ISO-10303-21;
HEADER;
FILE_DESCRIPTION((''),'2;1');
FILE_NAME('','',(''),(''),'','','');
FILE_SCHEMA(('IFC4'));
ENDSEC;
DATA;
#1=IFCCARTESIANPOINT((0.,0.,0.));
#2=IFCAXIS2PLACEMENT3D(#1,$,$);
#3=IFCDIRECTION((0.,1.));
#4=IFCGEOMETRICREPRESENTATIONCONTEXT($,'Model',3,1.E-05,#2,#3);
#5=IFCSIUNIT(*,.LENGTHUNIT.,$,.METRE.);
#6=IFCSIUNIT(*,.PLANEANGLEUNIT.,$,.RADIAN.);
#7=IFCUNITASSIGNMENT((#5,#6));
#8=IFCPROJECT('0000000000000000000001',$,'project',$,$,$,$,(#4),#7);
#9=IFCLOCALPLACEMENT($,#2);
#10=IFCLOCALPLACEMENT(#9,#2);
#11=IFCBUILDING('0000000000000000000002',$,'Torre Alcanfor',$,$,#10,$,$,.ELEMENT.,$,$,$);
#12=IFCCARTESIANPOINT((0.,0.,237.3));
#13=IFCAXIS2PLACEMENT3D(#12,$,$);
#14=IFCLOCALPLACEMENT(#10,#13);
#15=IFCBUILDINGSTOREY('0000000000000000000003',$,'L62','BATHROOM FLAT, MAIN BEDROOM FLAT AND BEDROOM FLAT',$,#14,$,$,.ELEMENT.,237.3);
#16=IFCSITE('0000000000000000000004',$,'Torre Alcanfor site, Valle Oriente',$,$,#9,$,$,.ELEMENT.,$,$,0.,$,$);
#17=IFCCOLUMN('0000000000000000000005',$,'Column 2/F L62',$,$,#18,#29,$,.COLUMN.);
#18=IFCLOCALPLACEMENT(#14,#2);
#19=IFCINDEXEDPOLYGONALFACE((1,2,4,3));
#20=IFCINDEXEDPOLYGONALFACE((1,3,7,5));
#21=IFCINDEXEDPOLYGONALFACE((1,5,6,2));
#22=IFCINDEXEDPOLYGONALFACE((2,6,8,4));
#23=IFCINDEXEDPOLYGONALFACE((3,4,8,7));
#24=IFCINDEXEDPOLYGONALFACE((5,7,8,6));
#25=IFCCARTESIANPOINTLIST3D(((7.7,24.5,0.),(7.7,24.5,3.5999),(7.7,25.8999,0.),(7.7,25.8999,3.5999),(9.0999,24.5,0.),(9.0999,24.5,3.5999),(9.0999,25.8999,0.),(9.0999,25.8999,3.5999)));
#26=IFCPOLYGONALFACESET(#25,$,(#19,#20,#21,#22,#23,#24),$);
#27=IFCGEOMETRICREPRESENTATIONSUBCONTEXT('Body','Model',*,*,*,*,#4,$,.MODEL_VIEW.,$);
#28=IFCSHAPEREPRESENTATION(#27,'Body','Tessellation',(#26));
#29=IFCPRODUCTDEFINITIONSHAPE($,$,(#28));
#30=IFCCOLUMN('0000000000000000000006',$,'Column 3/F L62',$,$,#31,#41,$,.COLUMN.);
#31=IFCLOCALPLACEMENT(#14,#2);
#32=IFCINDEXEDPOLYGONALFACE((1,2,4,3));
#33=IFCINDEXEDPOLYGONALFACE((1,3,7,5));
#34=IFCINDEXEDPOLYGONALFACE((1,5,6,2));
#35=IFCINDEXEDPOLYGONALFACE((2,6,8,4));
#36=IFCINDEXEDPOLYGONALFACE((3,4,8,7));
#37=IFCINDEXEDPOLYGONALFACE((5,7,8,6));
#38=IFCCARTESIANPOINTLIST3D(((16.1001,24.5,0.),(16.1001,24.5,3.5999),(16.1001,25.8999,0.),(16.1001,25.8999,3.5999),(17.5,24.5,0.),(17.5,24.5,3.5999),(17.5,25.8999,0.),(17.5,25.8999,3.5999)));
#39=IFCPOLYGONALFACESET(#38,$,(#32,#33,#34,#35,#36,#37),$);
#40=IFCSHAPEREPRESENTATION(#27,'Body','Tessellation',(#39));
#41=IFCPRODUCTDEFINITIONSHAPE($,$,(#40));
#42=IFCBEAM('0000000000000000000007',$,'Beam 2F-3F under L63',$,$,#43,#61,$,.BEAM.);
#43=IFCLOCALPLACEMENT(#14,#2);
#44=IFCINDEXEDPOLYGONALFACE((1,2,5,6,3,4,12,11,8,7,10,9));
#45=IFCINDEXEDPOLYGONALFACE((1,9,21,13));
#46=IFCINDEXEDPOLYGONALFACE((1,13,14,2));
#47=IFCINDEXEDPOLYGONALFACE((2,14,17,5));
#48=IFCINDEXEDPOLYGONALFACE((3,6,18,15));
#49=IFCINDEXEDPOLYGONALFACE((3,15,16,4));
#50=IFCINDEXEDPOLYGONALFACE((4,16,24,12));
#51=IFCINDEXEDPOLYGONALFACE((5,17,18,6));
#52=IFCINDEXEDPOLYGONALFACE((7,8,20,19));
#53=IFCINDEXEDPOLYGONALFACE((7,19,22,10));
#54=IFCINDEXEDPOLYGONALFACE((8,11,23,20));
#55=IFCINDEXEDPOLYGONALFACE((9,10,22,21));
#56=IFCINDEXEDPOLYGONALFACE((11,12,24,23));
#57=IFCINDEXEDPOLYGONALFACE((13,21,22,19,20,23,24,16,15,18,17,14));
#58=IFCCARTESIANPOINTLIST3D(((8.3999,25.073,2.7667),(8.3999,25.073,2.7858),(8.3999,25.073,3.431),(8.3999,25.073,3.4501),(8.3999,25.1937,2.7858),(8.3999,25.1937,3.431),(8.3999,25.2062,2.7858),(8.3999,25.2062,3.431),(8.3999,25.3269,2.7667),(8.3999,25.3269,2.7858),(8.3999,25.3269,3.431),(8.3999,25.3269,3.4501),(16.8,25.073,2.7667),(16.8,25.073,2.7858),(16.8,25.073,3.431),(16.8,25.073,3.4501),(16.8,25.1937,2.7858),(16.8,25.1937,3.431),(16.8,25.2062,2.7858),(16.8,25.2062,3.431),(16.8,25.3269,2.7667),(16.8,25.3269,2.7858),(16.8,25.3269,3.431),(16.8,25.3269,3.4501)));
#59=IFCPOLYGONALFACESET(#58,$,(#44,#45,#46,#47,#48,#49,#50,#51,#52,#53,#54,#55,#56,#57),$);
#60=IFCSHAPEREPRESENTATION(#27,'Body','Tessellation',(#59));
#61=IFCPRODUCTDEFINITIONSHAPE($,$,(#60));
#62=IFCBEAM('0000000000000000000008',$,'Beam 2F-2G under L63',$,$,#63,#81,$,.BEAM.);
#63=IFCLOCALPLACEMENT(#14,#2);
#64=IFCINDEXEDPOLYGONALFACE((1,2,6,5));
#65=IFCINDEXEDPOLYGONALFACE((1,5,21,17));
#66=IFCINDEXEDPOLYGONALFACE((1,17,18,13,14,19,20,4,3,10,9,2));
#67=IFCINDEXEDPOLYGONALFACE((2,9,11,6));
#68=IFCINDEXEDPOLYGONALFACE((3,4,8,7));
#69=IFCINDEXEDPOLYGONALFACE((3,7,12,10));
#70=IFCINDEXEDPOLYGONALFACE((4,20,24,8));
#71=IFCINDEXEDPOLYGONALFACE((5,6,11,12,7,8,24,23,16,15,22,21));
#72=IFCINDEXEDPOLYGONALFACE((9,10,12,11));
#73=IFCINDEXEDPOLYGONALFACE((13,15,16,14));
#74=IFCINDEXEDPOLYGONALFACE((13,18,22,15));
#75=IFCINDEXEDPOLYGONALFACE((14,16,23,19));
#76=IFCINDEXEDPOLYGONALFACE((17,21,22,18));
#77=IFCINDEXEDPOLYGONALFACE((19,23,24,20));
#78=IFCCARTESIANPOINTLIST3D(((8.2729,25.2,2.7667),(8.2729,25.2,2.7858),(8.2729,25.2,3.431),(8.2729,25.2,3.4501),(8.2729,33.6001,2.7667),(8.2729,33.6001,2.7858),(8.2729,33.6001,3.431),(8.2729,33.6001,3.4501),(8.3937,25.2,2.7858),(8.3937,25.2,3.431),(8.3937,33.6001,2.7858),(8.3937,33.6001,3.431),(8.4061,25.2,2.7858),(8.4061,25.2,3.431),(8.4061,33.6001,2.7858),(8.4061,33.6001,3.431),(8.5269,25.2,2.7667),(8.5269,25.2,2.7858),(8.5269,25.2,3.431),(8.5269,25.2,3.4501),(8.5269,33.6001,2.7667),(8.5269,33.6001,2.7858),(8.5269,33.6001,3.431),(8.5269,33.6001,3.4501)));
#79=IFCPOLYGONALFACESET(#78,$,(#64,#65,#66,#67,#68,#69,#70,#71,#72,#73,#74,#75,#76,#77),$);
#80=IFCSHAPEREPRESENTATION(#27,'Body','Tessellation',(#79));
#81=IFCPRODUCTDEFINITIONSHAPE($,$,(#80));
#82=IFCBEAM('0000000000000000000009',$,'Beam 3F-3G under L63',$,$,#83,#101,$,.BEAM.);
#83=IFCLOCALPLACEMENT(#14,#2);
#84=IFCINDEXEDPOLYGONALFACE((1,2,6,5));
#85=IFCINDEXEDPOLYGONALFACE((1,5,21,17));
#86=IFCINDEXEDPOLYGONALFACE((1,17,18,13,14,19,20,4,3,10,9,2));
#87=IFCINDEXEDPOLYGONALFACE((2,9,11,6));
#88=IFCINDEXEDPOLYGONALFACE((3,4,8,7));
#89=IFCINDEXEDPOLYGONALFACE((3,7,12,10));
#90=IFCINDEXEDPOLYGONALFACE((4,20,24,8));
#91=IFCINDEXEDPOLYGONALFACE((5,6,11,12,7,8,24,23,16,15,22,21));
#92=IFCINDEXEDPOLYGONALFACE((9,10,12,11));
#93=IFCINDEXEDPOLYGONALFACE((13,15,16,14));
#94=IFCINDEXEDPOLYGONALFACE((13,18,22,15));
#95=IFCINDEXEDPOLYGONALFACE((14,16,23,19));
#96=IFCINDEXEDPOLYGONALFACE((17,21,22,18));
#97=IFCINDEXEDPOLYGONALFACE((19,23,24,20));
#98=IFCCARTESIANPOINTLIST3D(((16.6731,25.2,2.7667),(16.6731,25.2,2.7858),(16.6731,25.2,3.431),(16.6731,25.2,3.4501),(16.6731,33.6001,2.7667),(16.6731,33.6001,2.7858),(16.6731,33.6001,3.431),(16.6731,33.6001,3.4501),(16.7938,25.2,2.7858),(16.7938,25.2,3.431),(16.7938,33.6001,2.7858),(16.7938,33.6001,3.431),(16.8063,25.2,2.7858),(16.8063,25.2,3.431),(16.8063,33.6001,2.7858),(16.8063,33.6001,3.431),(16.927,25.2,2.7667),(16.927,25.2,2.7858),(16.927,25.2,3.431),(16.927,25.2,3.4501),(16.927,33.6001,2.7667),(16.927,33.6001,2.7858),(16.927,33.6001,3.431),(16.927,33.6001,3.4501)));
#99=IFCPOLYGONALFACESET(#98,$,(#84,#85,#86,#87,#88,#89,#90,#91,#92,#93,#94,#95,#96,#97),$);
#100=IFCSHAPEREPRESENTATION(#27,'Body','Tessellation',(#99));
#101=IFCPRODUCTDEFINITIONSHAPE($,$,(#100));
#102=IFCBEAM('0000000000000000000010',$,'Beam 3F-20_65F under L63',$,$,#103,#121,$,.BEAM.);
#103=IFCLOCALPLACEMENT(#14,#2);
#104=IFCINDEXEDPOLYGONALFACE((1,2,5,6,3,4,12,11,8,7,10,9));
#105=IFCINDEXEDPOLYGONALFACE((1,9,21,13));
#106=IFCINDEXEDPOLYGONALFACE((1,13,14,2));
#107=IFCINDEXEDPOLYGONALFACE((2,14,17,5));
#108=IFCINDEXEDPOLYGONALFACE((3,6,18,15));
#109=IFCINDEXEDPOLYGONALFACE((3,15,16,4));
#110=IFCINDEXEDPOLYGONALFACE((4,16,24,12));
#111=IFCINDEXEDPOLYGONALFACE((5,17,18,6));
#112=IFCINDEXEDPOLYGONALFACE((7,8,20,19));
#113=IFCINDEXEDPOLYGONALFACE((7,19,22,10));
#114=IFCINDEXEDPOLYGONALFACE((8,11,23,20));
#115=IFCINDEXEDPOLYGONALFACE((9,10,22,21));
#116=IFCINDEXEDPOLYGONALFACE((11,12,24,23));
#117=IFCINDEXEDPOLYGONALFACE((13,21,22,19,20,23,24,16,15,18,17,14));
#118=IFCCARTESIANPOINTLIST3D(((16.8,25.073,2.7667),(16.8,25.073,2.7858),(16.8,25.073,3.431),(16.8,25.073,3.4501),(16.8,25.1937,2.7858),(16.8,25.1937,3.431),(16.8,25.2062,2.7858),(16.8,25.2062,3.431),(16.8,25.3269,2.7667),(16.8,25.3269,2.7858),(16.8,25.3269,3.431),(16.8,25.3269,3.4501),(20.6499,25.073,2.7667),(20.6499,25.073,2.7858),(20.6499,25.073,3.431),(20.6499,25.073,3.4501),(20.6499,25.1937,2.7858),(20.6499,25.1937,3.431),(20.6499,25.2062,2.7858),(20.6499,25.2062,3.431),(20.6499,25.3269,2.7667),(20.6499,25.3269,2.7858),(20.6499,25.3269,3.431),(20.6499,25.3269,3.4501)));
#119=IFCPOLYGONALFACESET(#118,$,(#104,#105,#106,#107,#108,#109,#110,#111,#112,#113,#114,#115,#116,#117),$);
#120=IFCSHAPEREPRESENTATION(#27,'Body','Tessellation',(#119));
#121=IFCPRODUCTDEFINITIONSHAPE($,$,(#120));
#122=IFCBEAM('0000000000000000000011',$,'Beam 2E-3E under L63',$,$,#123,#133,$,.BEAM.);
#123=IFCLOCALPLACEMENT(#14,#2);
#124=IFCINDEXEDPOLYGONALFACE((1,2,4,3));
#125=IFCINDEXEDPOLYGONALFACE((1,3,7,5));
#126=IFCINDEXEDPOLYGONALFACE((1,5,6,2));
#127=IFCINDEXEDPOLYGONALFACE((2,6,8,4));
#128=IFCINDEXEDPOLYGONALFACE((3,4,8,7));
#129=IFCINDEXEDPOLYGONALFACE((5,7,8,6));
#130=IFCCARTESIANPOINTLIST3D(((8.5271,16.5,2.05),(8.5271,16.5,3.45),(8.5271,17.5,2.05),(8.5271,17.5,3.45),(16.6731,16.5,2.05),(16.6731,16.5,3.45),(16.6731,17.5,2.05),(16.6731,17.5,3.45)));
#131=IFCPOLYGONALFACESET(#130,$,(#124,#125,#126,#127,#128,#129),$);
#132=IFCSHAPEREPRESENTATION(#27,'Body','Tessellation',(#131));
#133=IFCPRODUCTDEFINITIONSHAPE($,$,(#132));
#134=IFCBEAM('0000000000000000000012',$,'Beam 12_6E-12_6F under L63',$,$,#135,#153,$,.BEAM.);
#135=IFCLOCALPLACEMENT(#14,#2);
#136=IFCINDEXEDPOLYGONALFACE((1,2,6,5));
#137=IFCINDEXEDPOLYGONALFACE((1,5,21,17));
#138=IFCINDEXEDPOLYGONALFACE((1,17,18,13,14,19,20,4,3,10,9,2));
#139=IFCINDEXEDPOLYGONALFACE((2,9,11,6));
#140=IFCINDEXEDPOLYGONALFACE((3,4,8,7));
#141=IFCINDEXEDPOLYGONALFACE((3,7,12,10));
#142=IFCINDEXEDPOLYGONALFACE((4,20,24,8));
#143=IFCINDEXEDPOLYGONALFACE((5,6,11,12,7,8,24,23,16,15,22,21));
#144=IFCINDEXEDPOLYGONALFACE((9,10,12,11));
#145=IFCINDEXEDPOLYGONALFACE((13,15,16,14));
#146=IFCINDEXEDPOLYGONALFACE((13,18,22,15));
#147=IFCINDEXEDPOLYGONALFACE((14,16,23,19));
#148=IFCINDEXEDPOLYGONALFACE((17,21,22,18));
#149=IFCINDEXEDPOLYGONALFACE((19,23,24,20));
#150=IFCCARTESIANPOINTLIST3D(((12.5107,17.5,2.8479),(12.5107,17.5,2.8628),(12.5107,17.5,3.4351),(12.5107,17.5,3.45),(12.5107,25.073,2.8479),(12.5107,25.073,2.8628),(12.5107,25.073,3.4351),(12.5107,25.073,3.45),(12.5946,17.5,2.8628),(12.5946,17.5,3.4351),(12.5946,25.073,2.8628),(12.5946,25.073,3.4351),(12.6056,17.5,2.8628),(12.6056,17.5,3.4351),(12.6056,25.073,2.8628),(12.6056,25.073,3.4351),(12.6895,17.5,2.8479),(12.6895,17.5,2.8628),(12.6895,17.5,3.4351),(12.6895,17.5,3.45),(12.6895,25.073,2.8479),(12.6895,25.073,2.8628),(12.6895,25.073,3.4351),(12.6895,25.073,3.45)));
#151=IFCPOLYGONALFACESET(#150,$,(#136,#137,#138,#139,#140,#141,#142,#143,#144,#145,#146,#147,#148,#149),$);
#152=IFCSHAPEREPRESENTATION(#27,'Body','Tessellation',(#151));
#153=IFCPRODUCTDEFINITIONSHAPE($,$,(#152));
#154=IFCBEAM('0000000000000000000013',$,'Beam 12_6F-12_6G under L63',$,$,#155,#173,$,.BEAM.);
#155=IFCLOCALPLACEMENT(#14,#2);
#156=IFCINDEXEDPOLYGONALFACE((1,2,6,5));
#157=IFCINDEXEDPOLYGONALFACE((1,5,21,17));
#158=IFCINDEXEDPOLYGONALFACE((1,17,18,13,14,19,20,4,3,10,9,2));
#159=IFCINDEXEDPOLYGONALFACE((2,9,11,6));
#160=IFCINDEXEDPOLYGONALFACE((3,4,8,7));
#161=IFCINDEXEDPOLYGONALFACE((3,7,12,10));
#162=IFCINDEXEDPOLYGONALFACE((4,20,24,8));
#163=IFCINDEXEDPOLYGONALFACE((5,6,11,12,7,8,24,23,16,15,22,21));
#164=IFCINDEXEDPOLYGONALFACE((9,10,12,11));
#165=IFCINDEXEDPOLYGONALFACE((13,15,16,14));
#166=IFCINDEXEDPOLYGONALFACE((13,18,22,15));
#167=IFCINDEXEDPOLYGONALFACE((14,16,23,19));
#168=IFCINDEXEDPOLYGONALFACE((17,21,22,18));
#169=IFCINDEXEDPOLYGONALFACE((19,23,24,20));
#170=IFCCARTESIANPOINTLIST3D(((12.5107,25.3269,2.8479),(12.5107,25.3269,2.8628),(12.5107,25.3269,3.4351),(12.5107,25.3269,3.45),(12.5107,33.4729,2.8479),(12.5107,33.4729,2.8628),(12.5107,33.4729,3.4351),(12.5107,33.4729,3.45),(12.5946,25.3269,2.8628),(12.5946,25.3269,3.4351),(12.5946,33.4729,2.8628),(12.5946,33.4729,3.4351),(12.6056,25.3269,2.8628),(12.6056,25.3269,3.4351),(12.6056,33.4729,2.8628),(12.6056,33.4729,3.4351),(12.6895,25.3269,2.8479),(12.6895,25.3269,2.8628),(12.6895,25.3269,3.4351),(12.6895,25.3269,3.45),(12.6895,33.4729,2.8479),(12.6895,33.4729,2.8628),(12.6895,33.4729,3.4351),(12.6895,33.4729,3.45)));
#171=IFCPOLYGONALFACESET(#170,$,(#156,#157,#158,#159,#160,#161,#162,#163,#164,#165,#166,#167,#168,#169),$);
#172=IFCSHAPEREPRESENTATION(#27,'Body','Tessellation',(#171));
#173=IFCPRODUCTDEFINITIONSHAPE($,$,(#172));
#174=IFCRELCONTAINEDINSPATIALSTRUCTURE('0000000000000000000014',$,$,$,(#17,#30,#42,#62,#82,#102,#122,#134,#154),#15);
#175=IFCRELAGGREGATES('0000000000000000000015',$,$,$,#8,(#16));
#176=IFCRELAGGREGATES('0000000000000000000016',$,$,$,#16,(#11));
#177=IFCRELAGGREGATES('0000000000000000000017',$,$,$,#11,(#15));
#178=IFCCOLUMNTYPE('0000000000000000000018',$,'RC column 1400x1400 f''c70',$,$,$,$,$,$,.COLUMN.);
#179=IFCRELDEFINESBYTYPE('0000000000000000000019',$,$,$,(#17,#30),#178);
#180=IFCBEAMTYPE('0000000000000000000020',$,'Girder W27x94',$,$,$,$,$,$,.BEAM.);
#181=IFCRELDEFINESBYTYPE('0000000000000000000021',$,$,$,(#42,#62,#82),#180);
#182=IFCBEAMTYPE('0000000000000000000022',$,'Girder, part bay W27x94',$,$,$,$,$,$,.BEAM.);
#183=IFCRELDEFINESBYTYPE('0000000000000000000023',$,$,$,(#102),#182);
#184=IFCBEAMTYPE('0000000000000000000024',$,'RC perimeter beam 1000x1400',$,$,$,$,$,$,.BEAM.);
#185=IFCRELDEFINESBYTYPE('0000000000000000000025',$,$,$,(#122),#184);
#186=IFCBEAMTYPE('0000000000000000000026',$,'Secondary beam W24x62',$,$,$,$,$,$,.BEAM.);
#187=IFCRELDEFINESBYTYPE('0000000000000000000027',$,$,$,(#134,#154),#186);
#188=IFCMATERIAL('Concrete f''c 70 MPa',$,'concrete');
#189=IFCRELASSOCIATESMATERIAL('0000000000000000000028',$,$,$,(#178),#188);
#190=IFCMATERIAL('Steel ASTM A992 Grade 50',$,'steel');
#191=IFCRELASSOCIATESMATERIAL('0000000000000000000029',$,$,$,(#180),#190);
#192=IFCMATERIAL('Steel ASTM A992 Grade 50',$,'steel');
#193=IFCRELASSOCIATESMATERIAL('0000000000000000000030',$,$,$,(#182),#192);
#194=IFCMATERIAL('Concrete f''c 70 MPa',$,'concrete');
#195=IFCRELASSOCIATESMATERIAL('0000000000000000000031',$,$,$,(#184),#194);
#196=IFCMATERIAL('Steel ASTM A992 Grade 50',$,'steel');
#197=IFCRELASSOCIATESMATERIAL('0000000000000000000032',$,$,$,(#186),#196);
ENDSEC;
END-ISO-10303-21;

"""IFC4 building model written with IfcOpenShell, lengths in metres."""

from ifc_helpers import new_model, si_unit, direction, frame, origin, origin_2d, place, context, subcontext, project, spatial, rectangle, i_section, extrude, material, material_profile, profile_set, type_object, element, save


model = new_model("IFC4")

# Units and contexts
model_context = context("Model", 3, precision=1e-05, world=origin(), true_north=direction((0.0, 1.0)))
body_context = subcontext(model_context, "Body", "Model", "MODEL_VIEW")
ifc_project = project(units=[si_unit("LENGTHUNIT", "METRE"), si_unit("PLANEANGLEUNIT", "RADIAN")], contexts=[model_context])

# Site, building, storey
site_placement = place(None, origin())
site = spatial("IfcSite", under=ifc_project, at=site_placement, Name="Torre Alcanfor site, Valle Oriente", CompositionType="ELEMENT", RefElevation=0.0)
building_placement = place(site_placement, origin())
building = spatial("IfcBuilding", under=site, at=building_placement, Name="Torre Alcanfor", CompositionType="ELEMENT")
storey_placement = place(building_placement, frame((0.0, 0.0, 237.3)))
storey = spatial("IfcBuildingStorey", under=building, at=storey_placement, Name="L62", Description="BATHROOM FLAT, MAIN BEDROOM FLAT AND BEDROOM FLAT", CompositionType="ELEMENT", Elevation=237.3)

# Columns
ifc_material_1 = material(Name="Concrete f'c 70 MPa", Category="concrete")
ifc_material_profile_1 = material_profile(ifc_material_1, rectangle(XDim=1.3999, YDim=1.3999, at=origin_2d()), Name="1400x1400")
ifc_profile_set_1 = profile_set([ifc_material_profile_1], Name="Concrete f'c 70 MPa")
column_type = type_object("IfcColumnType", Name="RC column 1400x1400 f'c70", PredefinedType="COLUMN", material=ifc_profile_set_1)
for number, where, z_axis, x_axis, name in (
    (1, (8.3999, 25.2, 0.0), (0.0, 0.0, 1.0), (1.0, 0.0, 0.0), "Column 2/F L62"),
    (2, (16.8, 25.2, 0.0), (0.0, 0.0, 1.0), (1.0, 0.0, 0.0), "Column 3/F L62"),
):
    element("IfcColumn", number, at=place(storey_placement, frame(where, z_axis=z_axis, x_axis=x_axis)), inside=storey, type_object=column_type, Name=name, PredefinedType="COLUMN", context=body_context, shape_type="SweptSolid", body=[
        extrude(rectangle(XDim=1.3999, YDim=1.3999, at=origin_2d()), origin(), (0.0, 0.0, 1.0), 3.5999),
    ])

# Beams
ifc_material_2 = material(Name="Steel ASTM A992 Grade 50", Category="steel")
ifc_material_profile_2 = material_profile(ifc_material_2, i_section(OverallWidth=0.2539, OverallDepth=0.6833, WebThickness=0.0125, FlangeThickness=0.019, at=origin_2d()), Name="W27x94")
ifc_profile_set_2 = profile_set([ifc_material_profile_2], Name="Steel ASTM A992 Grade 50")
beam_type_1 = type_object("IfcBeamType", Name="Girder W27x94", PredefinedType="BEAM", material=ifc_profile_set_2)
for number, where, z_axis, x_axis, name in (
    (3, (8.3999, 25.2, 3.1084), (1.0, 0.0, 0.0), (0.0, 1.0, 0.0), "Beam 2F-3F under L63"),
    (4, (8.3999, 25.2, 3.1084), (0.0, 1.0, 0.0), (-1.0, 0.0, 0.0), "Beam 2F-2G under L63"),
    (5, (16.8, 25.2, 3.1084), (0.0, 1.0, 0.0), (-1.0, 0.0, 0.0), "Beam 3F-3G under L63"),
):
    element("IfcBeam", number, at=place(storey_placement, frame(where, z_axis=z_axis, x_axis=x_axis)), inside=storey, type_object=beam_type_1, Name=name, PredefinedType="BEAM", context=body_context, shape_type="SweptSolid", body=[
        extrude(i_section(OverallWidth=0.2539, OverallDepth=0.6833, WebThickness=0.0125, FlangeThickness=0.019, at=origin_2d()), origin(), (0.0, 0.0, 1.0), 8.4001),
    ])
ifc_material_3 = material(Name="Steel ASTM A992 Grade 50", Category="steel")
ifc_material_profile_3 = material_profile(ifc_material_3, i_section(OverallWidth=0.2539, OverallDepth=0.6833, WebThickness=0.0125, FlangeThickness=0.019, at=origin_2d()), Name="W27x94")
ifc_profile_set_3 = profile_set([ifc_material_profile_3], Name="Steel ASTM A992 Grade 50")
beam_type_2 = type_object("IfcBeamType", Name="Girder, part bay W27x94", PredefinedType="BEAM", material=ifc_profile_set_3)
beam_1_placement = place(storey_placement, frame((16.8, 25.2, 3.1084), z_axis=(1.0, 0.0, 0.0), x_axis=(0.0, 1.0, 0.0)))
element("IfcBeam", 6, at=beam_1_placement, inside=storey, type_object=beam_type_2, Name="Beam 3F-20_65F under L63", PredefinedType="BEAM", context=body_context, shape_type="SweptSolid", body=[
    extrude(i_section(OverallWidth=0.2539, OverallDepth=0.6833, WebThickness=0.0125, FlangeThickness=0.019, at=origin_2d()), origin(), (0.0, 0.0, 1.0), 3.8499),
])
ifc_material_4 = material(Name="Concrete f'c 70 MPa", Category="concrete")
ifc_material_profile_4 = material_profile(ifc_material_4, rectangle(XDim=1.0, YDim=1.3999, at=origin_2d()), Name="1000x1400")
ifc_profile_set_4 = profile_set([ifc_material_profile_4], Name="Concrete f'c 70 MPa")
beam_type_3 = type_object("IfcBeamType", Name="RC perimeter beam 1000x1400", PredefinedType="BEAM", material=ifc_profile_set_4)
beam_2_placement = place(storey_placement, frame((8.5271, 17.0, 2.75), z_axis=(1.0, 0.0, 0.0), x_axis=(0.0, 1.0, 0.0)))
element("IfcBeam", 7, at=beam_2_placement, inside=storey, type_object=beam_type_3, Name="Beam 2E-3E under L63", PredefinedType="BEAM", context=body_context, shape_type="SweptSolid", body=[
    extrude(rectangle(XDim=1.0, YDim=1.3999, at=origin_2d()), origin(), (0.0, 0.0, 1.0), 8.146),
])
ifc_material_5 = material(Name="Steel ASTM A992 Grade 50", Category="steel")
ifc_material_profile_5 = material_profile(ifc_material_5, i_section(OverallWidth=0.1787, OverallDepth=0.6021, WebThickness=0.011, FlangeThickness=0.0149, at=origin_2d()), Name="W24x62")
ifc_profile_set_5 = profile_set([ifc_material_profile_5], Name="Steel ASTM A992 Grade 50")
beam_type_4 = type_object("IfcBeamType", Name="Secondary beam W24x62", PredefinedType="BEAM", material=ifc_profile_set_5)
beam_3_placement = place(storey_placement, frame((12.6001, 17.5, 3.1489), z_axis=(0.0, 1.0, 0.0), x_axis=(-1.0, 0.0, 0.0)))
element("IfcBeam", 8, at=beam_3_placement, inside=storey, type_object=beam_type_4, Name="Beam 12_6E-12_6F under L63", PredefinedType="BEAM", context=body_context, shape_type="SweptSolid", body=[
    extrude(i_section(OverallWidth=0.1787, OverallDepth=0.6021, WebThickness=0.011, FlangeThickness=0.0149, at=origin_2d()), origin(), (0.0, 0.0, 1.0), 7.573),
])
beam_4_placement = place(storey_placement, frame((12.6001, 25.3269, 3.1489), z_axis=(0.0, 1.0, 0.0), x_axis=(-1.0, 0.0, 0.0)))
element("IfcBeam", 9, at=beam_4_placement, inside=storey, type_object=beam_type_4, Name="Beam 12_6F-12_6G under L63", PredefinedType="BEAM", context=body_context, shape_type="SweptSolid", body=[
    extrude(i_section(OverallWidth=0.1787, OverallDepth=0.6021, WebThickness=0.011, FlangeThickness=0.0149, at=origin_2d()), origin(), (0.0, 0.0, 1.0), 8.146),
])

save(model, "model.ifc")
